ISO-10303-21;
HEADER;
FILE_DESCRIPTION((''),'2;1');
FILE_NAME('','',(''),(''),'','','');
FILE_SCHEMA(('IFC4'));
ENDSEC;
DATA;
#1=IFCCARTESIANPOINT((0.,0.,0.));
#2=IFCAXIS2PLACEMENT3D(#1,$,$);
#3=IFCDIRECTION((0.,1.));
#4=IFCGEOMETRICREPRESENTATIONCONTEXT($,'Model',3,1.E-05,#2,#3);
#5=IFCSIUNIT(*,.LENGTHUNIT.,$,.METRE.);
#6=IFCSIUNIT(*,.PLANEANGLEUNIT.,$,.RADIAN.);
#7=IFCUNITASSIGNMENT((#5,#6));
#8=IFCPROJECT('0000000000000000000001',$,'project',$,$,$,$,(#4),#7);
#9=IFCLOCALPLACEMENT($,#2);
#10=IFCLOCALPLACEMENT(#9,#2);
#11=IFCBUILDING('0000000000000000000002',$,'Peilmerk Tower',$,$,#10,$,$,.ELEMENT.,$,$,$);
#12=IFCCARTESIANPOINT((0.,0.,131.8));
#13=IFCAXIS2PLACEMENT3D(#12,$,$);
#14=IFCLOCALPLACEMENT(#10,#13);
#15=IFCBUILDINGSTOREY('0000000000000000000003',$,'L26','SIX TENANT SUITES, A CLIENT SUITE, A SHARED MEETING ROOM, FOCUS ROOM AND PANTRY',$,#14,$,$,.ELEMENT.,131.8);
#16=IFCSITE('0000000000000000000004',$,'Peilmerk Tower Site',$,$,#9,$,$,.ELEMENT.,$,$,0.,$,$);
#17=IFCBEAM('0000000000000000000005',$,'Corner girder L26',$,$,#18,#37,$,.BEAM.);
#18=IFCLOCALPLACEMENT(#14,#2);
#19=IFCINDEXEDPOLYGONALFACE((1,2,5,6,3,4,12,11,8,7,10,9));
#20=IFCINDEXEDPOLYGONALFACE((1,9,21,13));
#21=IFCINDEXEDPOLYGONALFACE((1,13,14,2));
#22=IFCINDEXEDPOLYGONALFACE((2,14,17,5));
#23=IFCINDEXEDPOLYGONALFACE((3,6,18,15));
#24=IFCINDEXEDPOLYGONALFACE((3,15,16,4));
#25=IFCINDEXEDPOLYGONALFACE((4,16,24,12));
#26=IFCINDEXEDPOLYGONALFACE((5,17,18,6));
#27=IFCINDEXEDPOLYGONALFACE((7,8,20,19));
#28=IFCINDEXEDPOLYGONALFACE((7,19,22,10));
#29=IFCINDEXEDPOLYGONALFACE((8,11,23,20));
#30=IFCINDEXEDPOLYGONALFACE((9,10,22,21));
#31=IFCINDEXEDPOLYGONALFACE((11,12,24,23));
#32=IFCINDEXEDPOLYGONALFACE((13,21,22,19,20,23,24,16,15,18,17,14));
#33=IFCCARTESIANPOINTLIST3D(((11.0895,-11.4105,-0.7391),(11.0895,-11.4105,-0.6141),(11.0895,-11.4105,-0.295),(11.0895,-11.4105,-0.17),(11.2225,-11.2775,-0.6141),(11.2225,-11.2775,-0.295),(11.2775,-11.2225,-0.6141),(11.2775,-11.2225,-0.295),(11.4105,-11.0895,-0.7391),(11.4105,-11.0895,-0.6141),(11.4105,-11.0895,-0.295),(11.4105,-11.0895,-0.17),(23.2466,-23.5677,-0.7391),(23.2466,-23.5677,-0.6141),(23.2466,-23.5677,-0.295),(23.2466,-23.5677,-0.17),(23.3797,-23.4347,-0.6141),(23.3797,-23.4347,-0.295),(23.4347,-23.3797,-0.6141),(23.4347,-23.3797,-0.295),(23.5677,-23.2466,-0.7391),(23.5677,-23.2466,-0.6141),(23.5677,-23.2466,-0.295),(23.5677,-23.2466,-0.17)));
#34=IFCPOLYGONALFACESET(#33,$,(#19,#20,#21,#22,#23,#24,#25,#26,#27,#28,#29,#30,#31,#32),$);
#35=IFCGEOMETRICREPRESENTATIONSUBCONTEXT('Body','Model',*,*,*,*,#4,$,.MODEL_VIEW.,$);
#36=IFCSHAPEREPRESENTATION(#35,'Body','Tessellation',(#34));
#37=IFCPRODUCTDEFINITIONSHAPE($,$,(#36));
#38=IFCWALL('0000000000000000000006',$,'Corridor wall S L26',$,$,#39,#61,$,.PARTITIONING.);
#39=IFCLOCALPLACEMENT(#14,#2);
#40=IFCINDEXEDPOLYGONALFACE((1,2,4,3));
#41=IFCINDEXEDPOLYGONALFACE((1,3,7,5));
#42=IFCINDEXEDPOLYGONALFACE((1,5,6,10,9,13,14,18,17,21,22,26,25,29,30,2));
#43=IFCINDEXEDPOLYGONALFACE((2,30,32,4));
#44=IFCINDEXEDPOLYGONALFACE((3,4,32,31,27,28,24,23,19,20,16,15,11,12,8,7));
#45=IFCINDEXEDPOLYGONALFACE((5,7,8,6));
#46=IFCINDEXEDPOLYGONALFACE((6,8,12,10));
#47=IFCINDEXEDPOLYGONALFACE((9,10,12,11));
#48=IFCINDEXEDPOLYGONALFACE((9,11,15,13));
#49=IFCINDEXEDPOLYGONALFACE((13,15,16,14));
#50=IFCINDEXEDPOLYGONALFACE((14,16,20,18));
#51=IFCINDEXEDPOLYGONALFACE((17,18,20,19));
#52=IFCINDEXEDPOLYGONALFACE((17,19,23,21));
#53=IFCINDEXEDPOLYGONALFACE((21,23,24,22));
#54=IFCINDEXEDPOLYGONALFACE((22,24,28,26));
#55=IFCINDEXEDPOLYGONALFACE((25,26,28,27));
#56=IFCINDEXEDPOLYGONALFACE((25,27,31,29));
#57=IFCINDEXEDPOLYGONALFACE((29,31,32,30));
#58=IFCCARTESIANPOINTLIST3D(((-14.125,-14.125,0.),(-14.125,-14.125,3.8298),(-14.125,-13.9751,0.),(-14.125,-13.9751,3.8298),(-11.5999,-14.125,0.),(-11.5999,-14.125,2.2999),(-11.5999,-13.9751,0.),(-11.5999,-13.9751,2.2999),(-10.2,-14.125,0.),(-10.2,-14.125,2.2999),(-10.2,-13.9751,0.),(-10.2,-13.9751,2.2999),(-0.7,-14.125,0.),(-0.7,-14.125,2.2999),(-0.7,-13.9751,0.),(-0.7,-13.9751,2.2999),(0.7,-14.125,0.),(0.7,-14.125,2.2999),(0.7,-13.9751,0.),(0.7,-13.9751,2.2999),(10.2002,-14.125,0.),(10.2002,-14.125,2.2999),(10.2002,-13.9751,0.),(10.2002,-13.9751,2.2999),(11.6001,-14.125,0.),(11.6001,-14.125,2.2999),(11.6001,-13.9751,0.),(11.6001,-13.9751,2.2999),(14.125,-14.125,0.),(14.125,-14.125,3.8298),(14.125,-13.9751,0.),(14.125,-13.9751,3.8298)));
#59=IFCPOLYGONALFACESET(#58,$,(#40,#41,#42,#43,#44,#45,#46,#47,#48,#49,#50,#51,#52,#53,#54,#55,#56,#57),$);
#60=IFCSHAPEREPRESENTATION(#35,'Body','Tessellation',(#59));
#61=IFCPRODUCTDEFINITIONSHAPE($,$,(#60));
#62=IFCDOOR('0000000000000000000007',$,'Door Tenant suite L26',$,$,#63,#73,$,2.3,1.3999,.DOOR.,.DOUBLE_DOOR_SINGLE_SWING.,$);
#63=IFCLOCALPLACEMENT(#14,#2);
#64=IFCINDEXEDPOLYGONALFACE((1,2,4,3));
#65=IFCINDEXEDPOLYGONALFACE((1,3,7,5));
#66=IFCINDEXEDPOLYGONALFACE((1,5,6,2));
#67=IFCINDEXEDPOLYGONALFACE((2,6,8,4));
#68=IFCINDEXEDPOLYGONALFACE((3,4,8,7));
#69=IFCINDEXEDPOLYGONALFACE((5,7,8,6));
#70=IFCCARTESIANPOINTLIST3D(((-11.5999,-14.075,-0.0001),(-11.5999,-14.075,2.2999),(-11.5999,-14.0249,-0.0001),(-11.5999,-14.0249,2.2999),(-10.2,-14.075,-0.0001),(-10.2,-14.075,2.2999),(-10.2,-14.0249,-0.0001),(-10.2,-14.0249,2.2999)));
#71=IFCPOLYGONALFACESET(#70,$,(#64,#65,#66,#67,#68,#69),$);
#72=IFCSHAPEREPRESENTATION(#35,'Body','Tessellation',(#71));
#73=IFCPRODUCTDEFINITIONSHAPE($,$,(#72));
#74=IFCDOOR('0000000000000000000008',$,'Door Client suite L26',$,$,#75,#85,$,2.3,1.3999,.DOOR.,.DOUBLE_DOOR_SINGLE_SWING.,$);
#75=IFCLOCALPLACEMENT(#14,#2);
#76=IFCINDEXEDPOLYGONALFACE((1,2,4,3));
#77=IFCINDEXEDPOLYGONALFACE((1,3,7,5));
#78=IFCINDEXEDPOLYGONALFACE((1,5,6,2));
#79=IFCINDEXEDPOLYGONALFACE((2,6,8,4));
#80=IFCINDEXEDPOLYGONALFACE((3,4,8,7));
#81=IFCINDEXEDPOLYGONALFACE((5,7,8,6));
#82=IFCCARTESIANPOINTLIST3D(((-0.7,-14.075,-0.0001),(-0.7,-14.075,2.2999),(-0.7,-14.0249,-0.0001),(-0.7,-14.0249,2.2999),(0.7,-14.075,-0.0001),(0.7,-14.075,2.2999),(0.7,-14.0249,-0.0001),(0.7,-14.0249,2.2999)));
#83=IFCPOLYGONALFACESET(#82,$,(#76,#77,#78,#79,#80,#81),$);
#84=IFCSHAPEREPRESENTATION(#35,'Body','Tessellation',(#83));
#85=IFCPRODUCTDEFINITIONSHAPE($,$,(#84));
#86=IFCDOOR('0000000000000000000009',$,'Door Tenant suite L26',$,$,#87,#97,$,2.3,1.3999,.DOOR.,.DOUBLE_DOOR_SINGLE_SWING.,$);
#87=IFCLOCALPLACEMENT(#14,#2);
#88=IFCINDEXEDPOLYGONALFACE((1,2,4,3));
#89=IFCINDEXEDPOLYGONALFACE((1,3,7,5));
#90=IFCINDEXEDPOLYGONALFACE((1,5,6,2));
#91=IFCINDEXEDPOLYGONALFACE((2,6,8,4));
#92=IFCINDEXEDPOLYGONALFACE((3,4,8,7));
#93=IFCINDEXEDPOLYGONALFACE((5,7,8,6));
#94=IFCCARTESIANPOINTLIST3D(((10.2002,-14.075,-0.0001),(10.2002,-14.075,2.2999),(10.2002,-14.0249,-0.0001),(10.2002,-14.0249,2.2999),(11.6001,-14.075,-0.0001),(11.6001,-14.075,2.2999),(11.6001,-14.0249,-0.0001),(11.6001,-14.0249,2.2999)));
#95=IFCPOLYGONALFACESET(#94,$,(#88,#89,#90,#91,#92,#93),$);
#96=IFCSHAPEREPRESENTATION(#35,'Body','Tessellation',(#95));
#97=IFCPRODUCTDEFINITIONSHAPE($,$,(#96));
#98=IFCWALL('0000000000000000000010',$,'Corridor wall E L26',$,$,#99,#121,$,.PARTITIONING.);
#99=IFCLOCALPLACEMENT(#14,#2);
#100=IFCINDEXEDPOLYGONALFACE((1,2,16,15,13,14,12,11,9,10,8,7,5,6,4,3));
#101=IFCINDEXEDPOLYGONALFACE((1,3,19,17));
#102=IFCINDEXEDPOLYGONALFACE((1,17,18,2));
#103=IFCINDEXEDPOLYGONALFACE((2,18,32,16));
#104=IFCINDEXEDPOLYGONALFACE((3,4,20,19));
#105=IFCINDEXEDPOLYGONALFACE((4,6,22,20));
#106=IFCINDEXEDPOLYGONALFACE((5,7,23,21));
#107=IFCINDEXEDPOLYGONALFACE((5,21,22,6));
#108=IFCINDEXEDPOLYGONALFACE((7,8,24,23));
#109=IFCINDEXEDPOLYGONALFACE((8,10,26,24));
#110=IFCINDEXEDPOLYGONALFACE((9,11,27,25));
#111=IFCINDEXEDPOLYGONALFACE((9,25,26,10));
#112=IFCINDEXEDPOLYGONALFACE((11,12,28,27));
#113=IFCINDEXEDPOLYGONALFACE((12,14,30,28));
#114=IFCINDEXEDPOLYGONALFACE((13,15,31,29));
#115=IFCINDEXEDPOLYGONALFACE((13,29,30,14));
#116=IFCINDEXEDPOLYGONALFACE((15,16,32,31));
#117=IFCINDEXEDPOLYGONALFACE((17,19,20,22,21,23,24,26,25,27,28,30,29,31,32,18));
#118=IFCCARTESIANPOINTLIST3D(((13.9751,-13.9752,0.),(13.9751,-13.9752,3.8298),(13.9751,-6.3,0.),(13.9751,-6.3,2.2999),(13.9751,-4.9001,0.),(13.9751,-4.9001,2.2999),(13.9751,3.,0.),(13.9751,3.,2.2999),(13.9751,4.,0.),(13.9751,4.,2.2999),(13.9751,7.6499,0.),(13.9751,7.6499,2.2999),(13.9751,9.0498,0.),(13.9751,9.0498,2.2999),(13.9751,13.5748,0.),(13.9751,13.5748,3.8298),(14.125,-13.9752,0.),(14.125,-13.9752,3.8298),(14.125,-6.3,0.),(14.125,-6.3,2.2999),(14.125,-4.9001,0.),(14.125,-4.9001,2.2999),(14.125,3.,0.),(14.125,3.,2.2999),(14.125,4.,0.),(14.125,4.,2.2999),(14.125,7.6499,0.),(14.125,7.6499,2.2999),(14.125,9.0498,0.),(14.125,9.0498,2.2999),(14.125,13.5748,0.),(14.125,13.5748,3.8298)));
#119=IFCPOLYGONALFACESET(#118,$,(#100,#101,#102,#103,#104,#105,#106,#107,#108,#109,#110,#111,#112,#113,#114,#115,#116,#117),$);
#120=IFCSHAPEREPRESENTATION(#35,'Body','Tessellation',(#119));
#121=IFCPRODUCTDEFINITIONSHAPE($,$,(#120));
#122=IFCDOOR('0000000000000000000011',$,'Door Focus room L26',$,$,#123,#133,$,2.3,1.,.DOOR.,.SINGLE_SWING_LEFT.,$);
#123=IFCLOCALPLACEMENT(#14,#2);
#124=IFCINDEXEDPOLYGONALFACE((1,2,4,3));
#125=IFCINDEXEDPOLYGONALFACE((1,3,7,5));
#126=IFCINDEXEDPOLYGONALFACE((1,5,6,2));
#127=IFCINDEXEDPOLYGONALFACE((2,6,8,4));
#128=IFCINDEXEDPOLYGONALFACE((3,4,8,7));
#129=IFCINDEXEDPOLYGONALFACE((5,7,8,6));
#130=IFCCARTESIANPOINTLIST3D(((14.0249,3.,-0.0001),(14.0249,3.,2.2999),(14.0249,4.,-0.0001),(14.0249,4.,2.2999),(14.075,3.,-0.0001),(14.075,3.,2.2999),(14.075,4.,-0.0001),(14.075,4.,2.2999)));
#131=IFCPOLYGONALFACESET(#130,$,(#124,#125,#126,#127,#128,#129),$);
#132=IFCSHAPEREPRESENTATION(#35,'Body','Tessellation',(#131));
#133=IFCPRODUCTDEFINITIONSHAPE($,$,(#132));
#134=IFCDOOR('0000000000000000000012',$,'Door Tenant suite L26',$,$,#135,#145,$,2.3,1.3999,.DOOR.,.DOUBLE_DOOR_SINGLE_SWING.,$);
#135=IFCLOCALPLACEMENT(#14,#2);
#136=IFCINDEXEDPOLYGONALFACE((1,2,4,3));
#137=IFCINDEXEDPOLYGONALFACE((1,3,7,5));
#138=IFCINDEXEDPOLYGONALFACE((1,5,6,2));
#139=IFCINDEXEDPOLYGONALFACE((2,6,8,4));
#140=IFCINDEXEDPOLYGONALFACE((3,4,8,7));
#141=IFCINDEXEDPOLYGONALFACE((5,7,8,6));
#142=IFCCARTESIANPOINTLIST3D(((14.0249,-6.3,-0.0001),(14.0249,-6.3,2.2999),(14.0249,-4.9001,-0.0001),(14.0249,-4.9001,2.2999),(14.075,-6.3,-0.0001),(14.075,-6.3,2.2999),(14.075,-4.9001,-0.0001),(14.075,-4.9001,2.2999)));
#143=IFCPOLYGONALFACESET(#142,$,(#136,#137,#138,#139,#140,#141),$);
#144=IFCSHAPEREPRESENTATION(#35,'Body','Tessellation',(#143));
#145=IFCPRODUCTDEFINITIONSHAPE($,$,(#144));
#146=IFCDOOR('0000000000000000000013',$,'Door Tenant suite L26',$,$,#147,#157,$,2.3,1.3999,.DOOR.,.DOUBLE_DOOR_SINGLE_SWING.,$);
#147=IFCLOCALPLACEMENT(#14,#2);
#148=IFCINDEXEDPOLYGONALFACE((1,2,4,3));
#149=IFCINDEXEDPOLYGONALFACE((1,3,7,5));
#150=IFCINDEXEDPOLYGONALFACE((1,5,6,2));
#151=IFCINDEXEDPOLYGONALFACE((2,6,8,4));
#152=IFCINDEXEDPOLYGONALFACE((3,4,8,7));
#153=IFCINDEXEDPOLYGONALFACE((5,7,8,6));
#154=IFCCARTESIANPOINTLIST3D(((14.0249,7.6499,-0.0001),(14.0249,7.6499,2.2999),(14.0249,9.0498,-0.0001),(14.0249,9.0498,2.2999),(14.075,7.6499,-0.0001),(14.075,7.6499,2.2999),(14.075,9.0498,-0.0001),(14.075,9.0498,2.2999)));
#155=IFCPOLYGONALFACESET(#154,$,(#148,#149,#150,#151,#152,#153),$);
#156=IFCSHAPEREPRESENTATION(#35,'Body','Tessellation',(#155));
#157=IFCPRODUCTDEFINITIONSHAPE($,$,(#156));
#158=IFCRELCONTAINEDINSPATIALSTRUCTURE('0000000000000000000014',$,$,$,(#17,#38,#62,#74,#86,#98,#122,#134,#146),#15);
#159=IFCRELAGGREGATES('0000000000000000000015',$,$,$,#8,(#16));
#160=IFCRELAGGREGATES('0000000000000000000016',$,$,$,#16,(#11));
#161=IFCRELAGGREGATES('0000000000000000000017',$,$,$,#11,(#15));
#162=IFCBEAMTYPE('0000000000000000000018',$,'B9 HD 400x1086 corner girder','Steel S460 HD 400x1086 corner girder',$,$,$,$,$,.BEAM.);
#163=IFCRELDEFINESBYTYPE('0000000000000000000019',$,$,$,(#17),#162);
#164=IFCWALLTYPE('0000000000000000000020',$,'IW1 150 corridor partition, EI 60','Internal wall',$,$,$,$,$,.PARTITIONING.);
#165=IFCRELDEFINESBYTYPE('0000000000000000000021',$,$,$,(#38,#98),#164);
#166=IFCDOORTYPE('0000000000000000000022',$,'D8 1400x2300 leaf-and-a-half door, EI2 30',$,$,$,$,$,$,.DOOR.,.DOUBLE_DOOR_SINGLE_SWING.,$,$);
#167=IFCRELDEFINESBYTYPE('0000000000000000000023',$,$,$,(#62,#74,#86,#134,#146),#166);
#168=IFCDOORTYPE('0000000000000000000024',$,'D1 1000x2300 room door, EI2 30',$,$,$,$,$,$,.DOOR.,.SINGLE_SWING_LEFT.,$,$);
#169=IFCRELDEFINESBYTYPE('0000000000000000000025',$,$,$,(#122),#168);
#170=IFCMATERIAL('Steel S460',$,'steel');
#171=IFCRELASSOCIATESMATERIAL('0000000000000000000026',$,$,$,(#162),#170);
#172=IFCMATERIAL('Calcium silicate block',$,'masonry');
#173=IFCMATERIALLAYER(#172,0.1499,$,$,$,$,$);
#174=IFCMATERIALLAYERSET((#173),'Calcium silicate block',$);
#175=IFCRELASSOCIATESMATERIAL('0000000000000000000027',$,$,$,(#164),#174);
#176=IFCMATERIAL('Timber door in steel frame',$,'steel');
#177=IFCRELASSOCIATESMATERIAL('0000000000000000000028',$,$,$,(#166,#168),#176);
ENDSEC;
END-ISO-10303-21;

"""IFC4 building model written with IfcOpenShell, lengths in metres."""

from ifc_helpers import new_model, si_unit, direction, frame, frame_2d, origin, origin_2d, place, context, subcontext, project, spatial, rectangle, i_section, extrude, material, layer, layer_set, material_profile, profile_set, type_object, element, fill, save


model = new_model("IFC4")

# Units and contexts
model_context = context("Model", 3, precision=1e-05, world=origin(), true_north=direction((0.0, 1.0)))
body_context = subcontext(model_context, "Body", "Model", "MODEL_VIEW")
ifc_project = project(units=[si_unit("LENGTHUNIT", "METRE"), si_unit("PLANEANGLEUNIT", "RADIAN")], contexts=[model_context])

# Site, building, storey
site_placement = place(None, origin())
site = spatial("IfcSite", under=ifc_project, at=site_placement, Name="Peilmerk Tower Site", CompositionType="ELEMENT", RefElevation=0.0)
building_placement = place(site_placement, origin())
building = spatial("IfcBuilding", under=site, at=building_placement, Name="Peilmerk Tower", CompositionType="ELEMENT")
storey_placement = place(building_placement, frame((0.0, 0.0, 131.8)))
storey = spatial("IfcBuildingStorey", under=building, at=storey_placement, Name="L26", Description="SIX TENANT SUITES, A CLIENT SUITE, A SHARED MEETING ROOM, FOCUS ROOM AND PANTRY", CompositionType="ELEMENT", Elevation=131.8)

# Beam
ifc_material_1 = material(Name="Steel S460", Category="steel")
ifc_material_profile_1 = material_profile(ifc_material_1, i_section(OverallWidth=0.4541, OverallDepth=0.5691, WebThickness=0.0779, FlangeThickness=0.125, at=origin_2d()), Name="HD 400x1086")
ifc_profile_set_1 = profile_set([ifc_material_profile_1], Name="Steel S460")
beam_type_1 = type_object("IfcBeamType", Name="B9 HD 400x1086 corner girder", Description="Steel S460 HD 400x1086 corner girder", PredefinedType="BEAM", material=ifc_profile_set_1)
beam_1_placement = place(storey_placement, frame((11.25, -11.25, -0.4546), z_axis=(0.707107, -0.707107, 0.0), x_axis=(0.707107, 0.707107, 0.0)))
element("IfcBeam", 1, at=beam_1_placement, inside=storey, type_object=beam_type_1, Name="Corner girder L26", PredefinedType="BEAM", context=body_context, shape_type="SweptSolid", body=[
    extrude(i_section(OverallWidth=0.4541, OverallDepth=0.5691, WebThickness=0.0779, FlangeThickness=0.125, at=origin_2d()), origin(), (0.0, 0.0, 1.0), 17.1929),
])

# Walls, openings, doors
ifc_material_2 = material(Name="Calcium silicate block", Category="masonry")
ifc_layer_1 = layer(ifc_material_2, 0.1499)
ifc_layer_set_1 = layer_set([ifc_layer_1], Name="Calcium silicate block")
wall_type_1 = type_object("IfcWallType", Name="IW1 150 corridor partition, EI 60", Description="Internal wall", PredefinedType="PARTITIONING", material=ifc_layer_set_1)
wall_1_placement = place(storey_placement, frame((14.125, -14.05, 0.0), z_axis=(0.0, 0.0, 1.0), x_axis=(-1.0, 0.0, 0.0)))
wall_1 = element("IfcWall", 2, at=wall_1_placement, inside=storey, type_object=wall_type_1, Name="Corridor wall S L26", PredefinedType="PARTITIONING", context=body_context, shape_type="SweptSolid", body=[
    extrude(rectangle(XDim=28.25, YDim=0.1499, at=frame_2d((14.125, 0.0))), origin(), (0.0, 0.0, 1.0), 3.8298),
])
opening_1_placement = place(wall_1_placement, frame((24.325, 0.0, 0.0)))
opening_1 = element("IfcOpeningElement", 3, at=opening_1_placement, cuts=wall_1, PredefinedType="OPENING", context=body_context, shape_type="SweptSolid", body=[
    extrude(rectangle(XDim=1.3999, YDim=2.3, at=frame_2d((0.7, 1.1499))), frame((0.0, 0.085, 0.0), z_axis=(0.0, -1.0, 0.0), x_axis=(1.0, 0.0, 0.0)), (0.0, 0.0, 1.0), 0.1699),
])
opening_2_placement = place(wall_1_placement, frame((13.425, 0.0, 0.0)))
opening_2 = element("IfcOpeningElement", 4, at=opening_2_placement, cuts=wall_1, PredefinedType="OPENING", context=body_context, shape_type="SweptSolid", body=[
    extrude(rectangle(XDim=1.3999, YDim=2.3, at=frame_2d((0.7, 1.1499))), frame((0.0, 0.085, 0.0), z_axis=(0.0, -1.0, 0.0), x_axis=(1.0, 0.0, 0.0)), (0.0, 0.0, 1.0), 0.1699),
])
opening_3_placement = place(wall_1_placement, frame((2.5249, 0.0, 0.0)))
opening_3 = element("IfcOpeningElement", 5, at=opening_3_placement, cuts=wall_1, PredefinedType="OPENING", context=body_context, shape_type="SweptSolid", body=[
    extrude(rectangle(XDim=1.3999, YDim=2.3, at=frame_2d((0.7, 1.1499))), frame((0.0, 0.085, 0.0), z_axis=(0.0, -1.0, 0.0), x_axis=(1.0, 0.0, 0.0)), (0.0, 0.0, 1.0), 0.1699),
])
ifc_material_3 = material(Name="Timber door in steel frame", Category="steel")
door_type_1 = type_object("IfcDoorType", Name="D8 1400x2300 leaf-and-a-half door, EI2 30", OperationType="DOUBLE_DOOR_SINGLE_SWING", PredefinedType="DOOR", material=ifc_material_3)
door_1_placement = place(opening_1_placement, origin())
door_1 = element("IfcDoor", 6, at=door_1_placement, inside=storey, type_object=door_type_1, Name="Door Tenant suite L26", OperationType="DOUBLE_DOOR_SINGLE_SWING", OverallHeight=2.3, OverallWidth=1.3999, PredefinedType="DOOR", context=body_context, shape_type="SweptSolid", body=[
    extrude(rectangle(XDim=1.3999, YDim=2.3, at=frame_2d((0.7, 1.1499))), frame((0.0, 0.0249, 0.0), z_axis=(0.0, -1.0, 0.0), x_axis=(1.0, 0.0, 0.0)), (0.0, 0.0, 1.0), 0.05),
])
fill(opening_1, door_1)
door_2_placement = place(opening_2_placement, origin())
door_2 = element("IfcDoor", 7, at=door_2_placement, inside=storey, type_object=door_type_1, Name="Door Client suite L26", OperationType="DOUBLE_DOOR_SINGLE_SWING", OverallHeight=2.3, OverallWidth=1.3999, PredefinedType="DOOR", context=body_context, shape_type="SweptSolid", body=[
    extrude(rectangle(XDim=1.3999, YDim=2.3, at=frame_2d((0.7, 1.1499))), frame((0.0, 0.0249, 0.0), z_axis=(0.0, -1.0, 0.0), x_axis=(1.0, 0.0, 0.0)), (0.0, 0.0, 1.0), 0.05),
])
fill(opening_2, door_2)
door_3_placement = place(opening_3_placement, origin())
door_3 = element("IfcDoor", 8, at=door_3_placement, inside=storey, type_object=door_type_1, Name="Door Tenant suite L26", OperationType="DOUBLE_DOOR_SINGLE_SWING", OverallHeight=2.3, OverallWidth=1.3999, PredefinedType="DOOR", context=body_context, shape_type="SweptSolid", body=[
    extrude(rectangle(XDim=1.3999, YDim=2.3, at=frame_2d((0.7, 1.1499))), frame((0.0, 0.0249, 0.0), z_axis=(0.0, -1.0, 0.0), x_axis=(1.0, 0.0, 0.0)), (0.0, 0.0, 1.0), 0.05),
])
fill(opening_3, door_3)
wall_2_placement = place(storey_placement, frame((14.05, -13.9751, 0.0), z_axis=(0.0, 0.0, 1.0), x_axis=(0.0, 1.0, 0.0)))
wall_2 = element("IfcWall", 9, at=wall_2_placement, inside=storey, type_object=wall_type_1, Name="Corridor wall E L26", PredefinedType="PARTITIONING", context=body_context, shape_type="SweptSolid", body=[
    extrude(rectangle(XDim=27.55, YDim=0.1499, at=frame_2d((13.7749, 0.0))), origin(), (0.0, 0.0, 1.0), 3.8298),
])
opening_4_placement = place(wall_2_placement, frame((7.675, 0.0, 0.0)))
opening_4 = element("IfcOpeningElement", 10, at=opening_4_placement, cuts=wall_2, PredefinedType="OPENING", context=body_context, shape_type="SweptSolid", body=[
    extrude(rectangle(XDim=1.3999, YDim=2.3, at=frame_2d((0.7, 1.1499))), frame((0.0, 0.085, 0.0), z_axis=(0.0, -1.0, 0.0), x_axis=(1.0, 0.0, 0.0)), (0.0, 0.0, 1.0), 0.1699),
])
opening_5_placement = place(wall_2_placement, frame((21.625, 0.0, 0.0)))
opening_5 = element("IfcOpeningElement", 11, at=opening_5_placement, cuts=wall_2, PredefinedType="OPENING", context=body_context, shape_type="SweptSolid", body=[
    extrude(rectangle(XDim=1.3999, YDim=2.3, at=frame_2d((0.7, 1.1499))), frame((0.0, 0.085, 0.0), z_axis=(0.0, -1.0, 0.0), x_axis=(1.0, 0.0, 0.0)), (0.0, 0.0, 1.0), 0.1699),
])
opening_6_placement = place(wall_2_placement, frame((16.9751, 0.0, 0.0)))
opening_6 = element("IfcOpeningElement", 12, at=opening_6_placement, cuts=wall_2, PredefinedType="OPENING", context=body_context, shape_type="SweptSolid", body=[
    extrude(rectangle(XDim=1.0, YDim=2.3, at=frame_2d((0.5, 1.1499))), frame((0.0, 0.085, 0.0), z_axis=(0.0, -1.0, 0.0), x_axis=(1.0, 0.0, 0.0)), (0.0, 0.0, 1.0), 0.1699),
])
door_type_2 = type_object("IfcDoorType", Name="D1 1000x2300 room door, EI2 30", OperationType="SINGLE_SWING_LEFT", PredefinedType="DOOR", material=ifc_material_3)
door_4_placement = place(opening_6_placement, frame((1.0, 0.0, 0.0), z_axis=(0.0, 0.0, 1.0), x_axis=(-1.0, 0.0, 0.0)))
door_4 = element("IfcDoor", 13, at=door_4_placement, inside=storey, type_object=door_type_2, Name="Door Focus room L26", OperationType="SINGLE_SWING_LEFT", OverallHeight=2.3, OverallWidth=1.0, PredefinedType="DOOR", context=body_context, shape_type="SweptSolid", body=[
    extrude(rectangle(XDim=1.0, YDim=2.3, at=frame_2d((0.5, 1.1499))), frame((0.0, 0.0249, 0.0), z_axis=(0.0, -1.0, 0.0), x_axis=(1.0, 0.0, 0.0)), (0.0, 0.0, 1.0), 0.05),
])
fill(opening_6, door_4)
door_5_placement = place(opening_4_placement, frame((1.3999, 0.0, 0.0), z_axis=(0.0, 0.0, 1.0), x_axis=(-1.0, 0.0, 0.0)))
door_5 = element("IfcDoor", 14, at=door_5_placement, inside=storey, type_object=door_type_1, Name="Door Tenant suite L26", OperationType="DOUBLE_DOOR_SINGLE_SWING", OverallHeight=2.3, OverallWidth=1.3999, PredefinedType="DOOR", context=body_context, shape_type="SweptSolid", body=[
    extrude(rectangle(XDim=1.3999, YDim=2.3, at=frame_2d((0.7, 1.1499))), frame((0.0, 0.0249, 0.0), z_axis=(0.0, -1.0, 0.0), x_axis=(1.0, 0.0, 0.0)), (0.0, 0.0, 1.0), 0.05),
])
fill(opening_4, door_5)
door_6_placement = place(opening_5_placement, frame((1.3999, 0.0, 0.0), z_axis=(0.0, 0.0, 1.0), x_axis=(-1.0, 0.0, 0.0)))
door_6 = element("IfcDoor", 15, at=door_6_placement, inside=storey, type_object=door_type_1, Name="Door Tenant suite L26", OperationType="DOUBLE_DOOR_SINGLE_SWING", OverallHeight=2.3, OverallWidth=1.3999, PredefinedType="DOOR", context=body_context, shape_type="SweptSolid", body=[
    extrude(rectangle(XDim=1.3999, YDim=2.3, at=frame_2d((0.7, 1.1499))), frame((0.0, 0.0249, 0.0), z_axis=(0.0, -1.0, 0.0), x_axis=(1.0, 0.0, 0.0)), (0.0, 0.0, 1.0), 0.05),
])
fill(opening_5, door_6)

save(model, "model.ifc")
